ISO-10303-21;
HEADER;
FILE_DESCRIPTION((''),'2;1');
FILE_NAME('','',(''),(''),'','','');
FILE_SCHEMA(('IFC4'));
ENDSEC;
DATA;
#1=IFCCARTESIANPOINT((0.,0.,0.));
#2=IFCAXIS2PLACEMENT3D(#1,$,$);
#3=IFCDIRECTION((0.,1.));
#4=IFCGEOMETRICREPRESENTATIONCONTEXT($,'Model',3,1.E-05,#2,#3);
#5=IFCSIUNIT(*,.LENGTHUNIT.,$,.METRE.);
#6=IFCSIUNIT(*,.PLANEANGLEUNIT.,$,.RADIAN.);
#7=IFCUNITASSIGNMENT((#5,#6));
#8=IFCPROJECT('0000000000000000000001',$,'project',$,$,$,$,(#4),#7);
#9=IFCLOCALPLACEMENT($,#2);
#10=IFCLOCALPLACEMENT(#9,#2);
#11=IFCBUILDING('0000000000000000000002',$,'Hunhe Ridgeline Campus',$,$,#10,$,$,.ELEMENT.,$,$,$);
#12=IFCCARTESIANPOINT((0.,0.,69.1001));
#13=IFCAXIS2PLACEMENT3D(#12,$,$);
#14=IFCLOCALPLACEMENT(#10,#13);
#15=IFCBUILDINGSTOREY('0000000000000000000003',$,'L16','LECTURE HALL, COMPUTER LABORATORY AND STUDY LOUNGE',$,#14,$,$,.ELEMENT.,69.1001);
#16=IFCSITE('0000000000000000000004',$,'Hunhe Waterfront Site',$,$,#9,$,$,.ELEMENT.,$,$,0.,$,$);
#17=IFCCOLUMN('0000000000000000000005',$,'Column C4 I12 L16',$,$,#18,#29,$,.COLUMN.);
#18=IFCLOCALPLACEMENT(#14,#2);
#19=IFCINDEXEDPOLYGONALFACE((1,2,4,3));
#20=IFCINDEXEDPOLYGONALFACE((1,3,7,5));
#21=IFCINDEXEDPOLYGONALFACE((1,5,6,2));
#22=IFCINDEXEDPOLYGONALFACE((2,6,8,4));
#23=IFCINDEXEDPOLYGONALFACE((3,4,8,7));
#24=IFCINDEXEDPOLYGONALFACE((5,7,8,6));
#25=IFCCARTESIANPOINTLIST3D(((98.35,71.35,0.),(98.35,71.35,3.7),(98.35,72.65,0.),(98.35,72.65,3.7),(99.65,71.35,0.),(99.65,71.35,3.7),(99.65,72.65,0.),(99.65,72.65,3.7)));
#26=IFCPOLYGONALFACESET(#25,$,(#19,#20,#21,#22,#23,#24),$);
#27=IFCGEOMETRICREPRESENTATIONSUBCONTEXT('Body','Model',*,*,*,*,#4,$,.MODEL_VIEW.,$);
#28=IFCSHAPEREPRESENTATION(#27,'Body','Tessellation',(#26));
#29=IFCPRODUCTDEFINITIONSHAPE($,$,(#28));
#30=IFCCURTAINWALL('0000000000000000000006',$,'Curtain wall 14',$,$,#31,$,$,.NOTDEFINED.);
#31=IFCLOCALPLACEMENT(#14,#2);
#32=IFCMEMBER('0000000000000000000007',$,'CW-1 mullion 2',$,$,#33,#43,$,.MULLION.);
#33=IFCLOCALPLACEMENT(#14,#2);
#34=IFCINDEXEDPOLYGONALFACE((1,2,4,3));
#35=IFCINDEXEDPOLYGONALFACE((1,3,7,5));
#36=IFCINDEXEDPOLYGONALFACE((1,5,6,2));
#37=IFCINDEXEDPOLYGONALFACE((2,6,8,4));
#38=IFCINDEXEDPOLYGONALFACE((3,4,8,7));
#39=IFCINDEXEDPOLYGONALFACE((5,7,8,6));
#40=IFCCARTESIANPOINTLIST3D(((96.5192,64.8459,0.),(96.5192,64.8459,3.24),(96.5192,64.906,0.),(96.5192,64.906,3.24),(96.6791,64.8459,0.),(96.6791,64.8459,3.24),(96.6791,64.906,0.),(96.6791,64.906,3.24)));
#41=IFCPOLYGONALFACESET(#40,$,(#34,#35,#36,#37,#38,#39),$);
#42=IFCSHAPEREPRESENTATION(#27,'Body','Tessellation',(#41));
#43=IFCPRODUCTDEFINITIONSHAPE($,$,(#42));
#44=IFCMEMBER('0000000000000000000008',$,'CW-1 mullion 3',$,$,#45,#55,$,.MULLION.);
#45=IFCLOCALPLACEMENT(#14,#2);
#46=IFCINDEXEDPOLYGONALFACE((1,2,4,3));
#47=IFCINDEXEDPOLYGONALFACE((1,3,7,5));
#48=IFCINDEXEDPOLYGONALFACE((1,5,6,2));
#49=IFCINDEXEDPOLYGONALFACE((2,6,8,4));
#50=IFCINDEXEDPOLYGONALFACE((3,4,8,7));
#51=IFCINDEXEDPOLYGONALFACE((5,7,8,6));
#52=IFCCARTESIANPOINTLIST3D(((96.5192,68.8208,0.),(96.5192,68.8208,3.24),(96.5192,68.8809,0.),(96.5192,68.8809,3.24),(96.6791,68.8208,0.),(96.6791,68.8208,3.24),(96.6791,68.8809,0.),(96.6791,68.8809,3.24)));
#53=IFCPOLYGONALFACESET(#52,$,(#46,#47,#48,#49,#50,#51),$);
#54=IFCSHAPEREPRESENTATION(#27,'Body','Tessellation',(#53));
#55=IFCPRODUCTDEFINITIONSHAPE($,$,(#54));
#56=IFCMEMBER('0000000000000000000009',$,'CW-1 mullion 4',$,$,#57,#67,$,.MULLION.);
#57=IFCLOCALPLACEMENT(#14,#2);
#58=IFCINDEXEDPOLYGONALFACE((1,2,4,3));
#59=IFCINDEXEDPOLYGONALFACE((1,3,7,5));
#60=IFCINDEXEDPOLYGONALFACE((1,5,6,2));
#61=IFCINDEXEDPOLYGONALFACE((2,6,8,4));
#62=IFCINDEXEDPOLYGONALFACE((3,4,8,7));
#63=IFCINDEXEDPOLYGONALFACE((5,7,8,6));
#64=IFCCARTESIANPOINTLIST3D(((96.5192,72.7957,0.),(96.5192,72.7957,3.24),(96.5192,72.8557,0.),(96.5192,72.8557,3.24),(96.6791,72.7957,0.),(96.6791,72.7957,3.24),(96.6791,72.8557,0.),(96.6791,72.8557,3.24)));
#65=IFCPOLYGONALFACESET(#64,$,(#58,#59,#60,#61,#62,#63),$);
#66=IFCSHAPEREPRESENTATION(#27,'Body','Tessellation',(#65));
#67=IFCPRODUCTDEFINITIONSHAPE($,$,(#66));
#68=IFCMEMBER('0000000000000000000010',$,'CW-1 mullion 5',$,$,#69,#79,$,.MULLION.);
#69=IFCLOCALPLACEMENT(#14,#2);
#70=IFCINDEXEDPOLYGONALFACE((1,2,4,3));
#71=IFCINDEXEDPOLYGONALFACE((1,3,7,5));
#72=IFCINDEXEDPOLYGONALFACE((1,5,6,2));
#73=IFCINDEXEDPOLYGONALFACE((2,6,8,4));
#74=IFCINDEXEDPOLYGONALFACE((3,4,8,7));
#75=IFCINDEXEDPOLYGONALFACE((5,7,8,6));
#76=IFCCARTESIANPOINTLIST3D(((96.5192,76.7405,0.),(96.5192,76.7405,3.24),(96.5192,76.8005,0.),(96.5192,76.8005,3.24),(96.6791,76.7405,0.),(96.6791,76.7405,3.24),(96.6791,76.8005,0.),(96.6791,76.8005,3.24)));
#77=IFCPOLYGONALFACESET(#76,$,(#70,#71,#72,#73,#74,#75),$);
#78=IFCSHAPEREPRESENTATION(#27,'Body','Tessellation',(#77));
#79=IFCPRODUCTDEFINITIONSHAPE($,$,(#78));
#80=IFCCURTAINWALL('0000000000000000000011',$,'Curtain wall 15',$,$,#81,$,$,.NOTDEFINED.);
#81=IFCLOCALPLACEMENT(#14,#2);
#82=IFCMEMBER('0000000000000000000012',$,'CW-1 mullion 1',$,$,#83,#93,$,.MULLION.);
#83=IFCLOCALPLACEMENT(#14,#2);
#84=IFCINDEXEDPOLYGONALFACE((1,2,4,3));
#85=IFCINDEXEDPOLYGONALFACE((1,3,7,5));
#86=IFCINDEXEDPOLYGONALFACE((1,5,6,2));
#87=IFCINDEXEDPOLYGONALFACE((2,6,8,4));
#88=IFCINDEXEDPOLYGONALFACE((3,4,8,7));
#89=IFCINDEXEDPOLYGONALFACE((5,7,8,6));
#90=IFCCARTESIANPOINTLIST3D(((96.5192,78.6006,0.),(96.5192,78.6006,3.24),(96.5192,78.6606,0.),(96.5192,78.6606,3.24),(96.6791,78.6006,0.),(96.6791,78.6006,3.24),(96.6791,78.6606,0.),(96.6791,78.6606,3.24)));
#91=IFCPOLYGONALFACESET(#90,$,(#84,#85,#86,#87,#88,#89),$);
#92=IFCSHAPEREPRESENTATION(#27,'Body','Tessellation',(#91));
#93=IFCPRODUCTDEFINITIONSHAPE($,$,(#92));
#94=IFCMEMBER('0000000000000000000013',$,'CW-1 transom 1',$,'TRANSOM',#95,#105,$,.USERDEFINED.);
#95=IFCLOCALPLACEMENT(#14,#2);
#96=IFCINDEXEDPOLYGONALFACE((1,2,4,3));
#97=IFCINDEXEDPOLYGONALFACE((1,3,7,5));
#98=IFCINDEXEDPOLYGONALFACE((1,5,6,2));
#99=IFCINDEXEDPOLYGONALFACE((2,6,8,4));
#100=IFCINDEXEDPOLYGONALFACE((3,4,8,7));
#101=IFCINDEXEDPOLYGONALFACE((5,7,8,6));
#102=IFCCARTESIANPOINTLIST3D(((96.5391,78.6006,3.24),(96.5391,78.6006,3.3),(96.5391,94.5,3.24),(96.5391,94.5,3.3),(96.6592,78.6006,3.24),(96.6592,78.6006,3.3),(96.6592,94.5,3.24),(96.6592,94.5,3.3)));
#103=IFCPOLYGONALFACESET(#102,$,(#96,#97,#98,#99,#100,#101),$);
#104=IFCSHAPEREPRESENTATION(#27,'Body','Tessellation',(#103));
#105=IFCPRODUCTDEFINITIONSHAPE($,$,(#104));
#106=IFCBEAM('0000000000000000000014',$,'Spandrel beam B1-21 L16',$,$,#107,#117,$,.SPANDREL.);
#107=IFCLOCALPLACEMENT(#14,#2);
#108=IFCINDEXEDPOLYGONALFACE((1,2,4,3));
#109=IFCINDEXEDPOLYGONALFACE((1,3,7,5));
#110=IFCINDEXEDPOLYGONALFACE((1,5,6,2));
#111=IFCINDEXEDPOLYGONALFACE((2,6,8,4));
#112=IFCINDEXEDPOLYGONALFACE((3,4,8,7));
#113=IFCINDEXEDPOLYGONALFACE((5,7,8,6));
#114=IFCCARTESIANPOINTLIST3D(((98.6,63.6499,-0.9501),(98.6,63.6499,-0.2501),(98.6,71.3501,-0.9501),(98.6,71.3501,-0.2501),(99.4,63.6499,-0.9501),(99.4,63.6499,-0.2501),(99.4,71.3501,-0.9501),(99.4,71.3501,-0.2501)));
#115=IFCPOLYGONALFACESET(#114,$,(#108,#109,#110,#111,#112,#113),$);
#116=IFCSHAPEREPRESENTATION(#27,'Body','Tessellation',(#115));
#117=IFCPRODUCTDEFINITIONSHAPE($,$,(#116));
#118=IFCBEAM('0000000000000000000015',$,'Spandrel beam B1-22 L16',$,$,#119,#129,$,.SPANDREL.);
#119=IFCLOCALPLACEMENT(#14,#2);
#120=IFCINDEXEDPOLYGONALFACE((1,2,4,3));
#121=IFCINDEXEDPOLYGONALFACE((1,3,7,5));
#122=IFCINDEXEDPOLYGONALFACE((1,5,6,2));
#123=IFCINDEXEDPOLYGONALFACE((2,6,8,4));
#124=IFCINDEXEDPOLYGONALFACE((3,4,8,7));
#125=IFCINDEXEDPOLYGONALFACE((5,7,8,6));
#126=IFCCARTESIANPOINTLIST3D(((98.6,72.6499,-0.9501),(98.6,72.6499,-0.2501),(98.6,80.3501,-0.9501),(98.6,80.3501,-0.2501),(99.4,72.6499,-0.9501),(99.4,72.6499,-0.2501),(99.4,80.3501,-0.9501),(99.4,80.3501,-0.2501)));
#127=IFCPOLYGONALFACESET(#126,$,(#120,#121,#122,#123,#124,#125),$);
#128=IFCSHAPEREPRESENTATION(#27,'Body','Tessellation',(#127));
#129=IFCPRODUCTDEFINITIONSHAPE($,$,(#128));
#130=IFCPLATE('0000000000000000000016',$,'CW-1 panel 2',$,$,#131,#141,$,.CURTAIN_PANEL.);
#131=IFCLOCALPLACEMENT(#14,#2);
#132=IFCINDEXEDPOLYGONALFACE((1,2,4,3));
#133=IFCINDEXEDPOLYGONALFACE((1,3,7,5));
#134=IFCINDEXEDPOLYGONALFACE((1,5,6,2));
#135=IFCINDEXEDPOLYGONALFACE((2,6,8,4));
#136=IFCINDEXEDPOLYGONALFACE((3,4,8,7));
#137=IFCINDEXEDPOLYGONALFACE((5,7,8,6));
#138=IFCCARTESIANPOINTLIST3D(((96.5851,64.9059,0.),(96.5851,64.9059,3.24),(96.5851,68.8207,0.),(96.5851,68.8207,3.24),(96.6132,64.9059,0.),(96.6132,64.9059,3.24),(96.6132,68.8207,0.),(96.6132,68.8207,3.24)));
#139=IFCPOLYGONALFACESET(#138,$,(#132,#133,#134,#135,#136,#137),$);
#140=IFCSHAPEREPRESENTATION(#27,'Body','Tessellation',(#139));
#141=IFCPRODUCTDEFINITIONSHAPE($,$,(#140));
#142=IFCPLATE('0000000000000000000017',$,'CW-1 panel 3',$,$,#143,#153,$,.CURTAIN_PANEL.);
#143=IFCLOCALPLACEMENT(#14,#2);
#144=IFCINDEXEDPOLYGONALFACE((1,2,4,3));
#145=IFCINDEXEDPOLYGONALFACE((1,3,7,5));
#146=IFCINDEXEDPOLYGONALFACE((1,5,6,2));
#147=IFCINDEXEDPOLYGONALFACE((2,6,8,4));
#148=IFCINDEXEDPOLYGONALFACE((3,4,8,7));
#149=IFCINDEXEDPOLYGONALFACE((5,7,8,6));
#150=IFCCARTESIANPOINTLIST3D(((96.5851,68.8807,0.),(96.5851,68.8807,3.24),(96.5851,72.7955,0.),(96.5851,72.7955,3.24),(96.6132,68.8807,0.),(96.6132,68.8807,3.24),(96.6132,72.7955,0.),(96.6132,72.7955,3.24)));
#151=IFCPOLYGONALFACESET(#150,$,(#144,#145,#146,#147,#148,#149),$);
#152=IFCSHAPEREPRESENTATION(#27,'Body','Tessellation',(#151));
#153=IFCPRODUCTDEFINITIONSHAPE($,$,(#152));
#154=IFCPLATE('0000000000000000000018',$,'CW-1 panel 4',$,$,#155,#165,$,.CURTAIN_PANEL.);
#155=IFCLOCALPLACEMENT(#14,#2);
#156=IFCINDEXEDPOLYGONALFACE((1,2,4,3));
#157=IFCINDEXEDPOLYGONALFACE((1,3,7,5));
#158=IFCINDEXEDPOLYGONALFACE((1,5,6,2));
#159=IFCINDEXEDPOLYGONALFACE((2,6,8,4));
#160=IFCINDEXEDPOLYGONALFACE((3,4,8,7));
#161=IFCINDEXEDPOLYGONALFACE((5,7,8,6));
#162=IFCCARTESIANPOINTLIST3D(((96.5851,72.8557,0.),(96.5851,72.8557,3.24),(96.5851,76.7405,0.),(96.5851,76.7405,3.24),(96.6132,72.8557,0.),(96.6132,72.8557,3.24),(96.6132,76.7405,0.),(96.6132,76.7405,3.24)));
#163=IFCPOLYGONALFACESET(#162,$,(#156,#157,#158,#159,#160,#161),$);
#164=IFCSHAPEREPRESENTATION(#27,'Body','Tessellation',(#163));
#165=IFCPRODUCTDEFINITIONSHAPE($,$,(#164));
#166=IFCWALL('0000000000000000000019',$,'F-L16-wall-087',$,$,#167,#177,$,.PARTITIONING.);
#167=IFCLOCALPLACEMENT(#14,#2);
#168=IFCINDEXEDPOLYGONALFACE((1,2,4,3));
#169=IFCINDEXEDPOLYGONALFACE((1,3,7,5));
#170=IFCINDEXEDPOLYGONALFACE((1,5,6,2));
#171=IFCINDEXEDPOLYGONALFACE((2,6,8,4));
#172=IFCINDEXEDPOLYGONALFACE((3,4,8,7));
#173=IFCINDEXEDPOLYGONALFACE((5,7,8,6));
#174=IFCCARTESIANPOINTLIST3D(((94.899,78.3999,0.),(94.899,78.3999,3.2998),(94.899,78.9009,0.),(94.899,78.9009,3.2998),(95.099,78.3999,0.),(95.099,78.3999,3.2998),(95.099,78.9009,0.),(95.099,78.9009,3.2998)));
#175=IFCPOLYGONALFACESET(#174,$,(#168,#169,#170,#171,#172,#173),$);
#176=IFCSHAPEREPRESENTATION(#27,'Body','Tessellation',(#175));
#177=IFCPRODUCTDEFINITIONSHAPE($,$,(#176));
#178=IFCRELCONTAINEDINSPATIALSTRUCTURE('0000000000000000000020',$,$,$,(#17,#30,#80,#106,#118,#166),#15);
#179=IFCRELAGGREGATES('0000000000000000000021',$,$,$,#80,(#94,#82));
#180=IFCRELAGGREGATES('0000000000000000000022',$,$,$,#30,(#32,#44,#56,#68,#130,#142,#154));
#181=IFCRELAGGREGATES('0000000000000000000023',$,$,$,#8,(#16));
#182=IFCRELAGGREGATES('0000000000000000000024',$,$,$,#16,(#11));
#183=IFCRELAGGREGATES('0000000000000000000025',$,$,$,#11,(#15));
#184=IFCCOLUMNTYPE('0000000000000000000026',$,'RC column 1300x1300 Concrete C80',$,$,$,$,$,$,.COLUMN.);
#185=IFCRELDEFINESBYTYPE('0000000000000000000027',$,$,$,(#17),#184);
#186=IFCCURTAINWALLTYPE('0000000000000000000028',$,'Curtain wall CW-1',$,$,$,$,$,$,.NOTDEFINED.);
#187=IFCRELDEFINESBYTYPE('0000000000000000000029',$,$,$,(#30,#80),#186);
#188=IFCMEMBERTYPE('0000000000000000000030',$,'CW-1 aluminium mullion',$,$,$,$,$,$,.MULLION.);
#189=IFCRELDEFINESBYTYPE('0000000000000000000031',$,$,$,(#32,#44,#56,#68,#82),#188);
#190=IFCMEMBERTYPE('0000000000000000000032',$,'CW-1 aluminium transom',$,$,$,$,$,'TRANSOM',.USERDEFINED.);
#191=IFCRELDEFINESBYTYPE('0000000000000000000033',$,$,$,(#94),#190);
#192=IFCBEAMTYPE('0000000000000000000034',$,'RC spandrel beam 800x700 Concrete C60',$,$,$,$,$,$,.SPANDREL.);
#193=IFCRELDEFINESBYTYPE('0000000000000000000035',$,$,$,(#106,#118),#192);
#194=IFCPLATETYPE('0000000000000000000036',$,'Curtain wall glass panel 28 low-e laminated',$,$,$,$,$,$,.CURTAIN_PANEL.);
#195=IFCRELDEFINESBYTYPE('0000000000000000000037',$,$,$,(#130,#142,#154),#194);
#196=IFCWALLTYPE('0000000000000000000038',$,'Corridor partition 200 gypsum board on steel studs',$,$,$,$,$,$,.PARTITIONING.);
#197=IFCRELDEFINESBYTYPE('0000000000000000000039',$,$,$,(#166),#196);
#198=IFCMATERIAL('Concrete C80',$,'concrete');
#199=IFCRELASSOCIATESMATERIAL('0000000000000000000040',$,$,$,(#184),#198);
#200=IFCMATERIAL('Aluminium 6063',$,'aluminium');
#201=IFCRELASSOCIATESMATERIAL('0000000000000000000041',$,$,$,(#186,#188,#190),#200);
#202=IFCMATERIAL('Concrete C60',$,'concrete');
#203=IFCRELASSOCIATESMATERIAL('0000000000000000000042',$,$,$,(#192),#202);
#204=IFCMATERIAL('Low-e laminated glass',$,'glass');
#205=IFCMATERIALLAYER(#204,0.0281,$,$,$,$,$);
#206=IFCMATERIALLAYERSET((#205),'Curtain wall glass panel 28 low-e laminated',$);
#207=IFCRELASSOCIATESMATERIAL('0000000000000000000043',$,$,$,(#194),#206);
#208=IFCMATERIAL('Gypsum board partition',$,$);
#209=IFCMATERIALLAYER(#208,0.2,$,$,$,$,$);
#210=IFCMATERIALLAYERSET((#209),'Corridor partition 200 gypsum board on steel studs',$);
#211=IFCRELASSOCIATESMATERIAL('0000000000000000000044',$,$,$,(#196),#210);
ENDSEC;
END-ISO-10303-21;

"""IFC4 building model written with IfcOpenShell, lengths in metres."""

from ifc_helpers import new_model, si_unit, direction, frame, frame_2d, origin, origin_2d, place, context, subcontext, project, spatial, rectangle, extrude, material, layer, layer_set, material_profile, profile_set, type_object, element, aggregate, save


model = new_model("IFC4")

# Units and contexts
model_context = context("Model", 3, precision=1e-05, world=origin(), true_north=direction((0.0, 1.0)))
body_context = subcontext(model_context, "Body", "Model", "MODEL_VIEW")
ifc_project = project(units=[si_unit("LENGTHUNIT", "METRE"), si_unit("PLANEANGLEUNIT", "RADIAN")], contexts=[model_context])

# Site, building, storey
site_placement = place(None, origin())
site = spatial("IfcSite", under=ifc_project, at=site_placement, Name="Hunhe Waterfront Site", CompositionType="ELEMENT", RefElevation=0.0)
building_placement = place(site_placement, origin())
building = spatial("IfcBuilding", under=site, at=building_placement, Name="Hunhe Ridgeline Campus", CompositionType="ELEMENT")
storey_placement = place(building_placement, frame((0.0, 0.0, 69.1001)))
storey = spatial("IfcBuildingStorey", under=building, at=storey_placement, Name="L16", Description="LECTURE HALL, COMPUTER LABORATORY AND STUDY LOUNGE", CompositionType="ELEMENT", Elevation=69.1001)

# Column
ifc_material_1 = material(Name="Concrete C80", Category="concrete")
ifc_material_profile_1 = material_profile(ifc_material_1, rectangle(XDim=1.3, YDim=1.3, at=origin_2d()))
ifc_profile_set_1 = profile_set([ifc_material_profile_1], Name="Concrete C80")
column_type = type_object("IfcColumnType", Name="RC column 1300x1300 Concrete C80", PredefinedType="COLUMN", material=ifc_profile_set_1)
column_placement = place(storey_placement, frame((99.0, 72.0, 0.0), z_axis=(0.0, 0.0, 1.0), x_axis=(1.0, 0.0, 0.0)))
element("IfcColumn", 1, at=column_placement, inside=storey, type_object=column_type, Name="Column C4 I12 L16", PredefinedType="COLUMN", context=body_context, shape_type="SweptSolid", body=[
    extrude(rectangle(XDim=1.3, YDim=1.3, at=origin_2d()), origin(), (0.0, 0.0, 1.0), 3.7),
])

# Curtain walls, members
ifc_material_2 = material(Name="Aluminium 6063", Category="aluminium")
curtain_wall_type = type_object("IfcCurtainWallType", Name="Curtain wall CW-1", PredefinedType="NOTDEFINED", material=ifc_material_2)
curtain_wall_1_placement = place(storey_placement, origin())
curtain_wall_1 = element("IfcCurtainWall", 2, at=curtain_wall_1_placement, inside=storey, type_object=curtain_wall_type, Name="Curtain wall 14", PredefinedType="NOTDEFINED")
ifc_material_profile_2 = material_profile(ifc_material_2, rectangle(XDim=0.1599, YDim=0.0601, at=origin_2d()))
ifc_profile_set_2 = profile_set([ifc_material_profile_2], Name="Aluminium 6063")
member_type_1 = type_object("IfcMemberType", Name="CW-1 aluminium mullion", PredefinedType="MULLION", material=ifc_profile_set_2)
member_1_placement = place(storey_placement, frame((96.5991, 64.876, 0.0), z_axis=(0.0, 0.0, 1.0), x_axis=(-1.0, 0.0, 0.0)))
member_1 = element("IfcMember", 3, at=member_1_placement, type_object=member_type_1, Name="CW-1 mullion 2", PredefinedType="MULLION", context=body_context, shape_type="SweptSolid", body=[
    extrude(rectangle(XDim=0.1599, YDim=0.0601, at=origin_2d()), origin(), (0.0, 0.0, 1.0), 3.24),
])
member_2_placement = place(storey_placement, frame((96.5991, 68.8508, 0.0), z_axis=(0.0, 0.0, 1.0), x_axis=(-1.0, 0.0, 0.0)))
member_2 = element("IfcMember", 4, at=member_2_placement, type_object=member_type_1, Name="CW-1 mullion 3", PredefinedType="MULLION", context=body_context, shape_type="SweptSolid", body=[
    extrude(rectangle(XDim=0.1599, YDim=0.0601, at=origin_2d()), origin(), (0.0, 0.0, 1.0), 3.24),
])
member_3_placement = place(storey_placement, frame((96.5991, 72.8257, 0.0), z_axis=(0.0, 0.0, 1.0), x_axis=(-1.0, 0.0, 0.0)))
member_3 = element("IfcMember", 5, at=member_3_placement, type_object=member_type_1, Name="CW-1 mullion 4", PredefinedType="MULLION", context=body_context, shape_type="SweptSolid", body=[
    extrude(rectangle(XDim=0.1599, YDim=0.0601, at=origin_2d()), origin(), (0.0, 0.0, 1.0), 3.24),
])
member_4_placement = place(storey_placement, frame((96.5991, 76.7705, 0.0), z_axis=(0.0, 0.0, 1.0), x_axis=(-1.0, 0.0, 0.0)))
member_4 = element("IfcMember", 6, at=member_4_placement, type_object=member_type_1, Name="CW-1 mullion 5", PredefinedType="MULLION", context=body_context, shape_type="SweptSolid", body=[
    extrude(rectangle(XDim=0.1599, YDim=0.0601, at=origin_2d()), origin(), (0.0, 0.0, 1.0), 3.24),
])
curtain_wall_2_placement = place(storey_placement, origin())
curtain_wall_2 = element("IfcCurtainWall", 7, at=curtain_wall_2_placement, inside=storey, type_object=curtain_wall_type, Name="Curtain wall 15", PredefinedType="NOTDEFINED")
member_5_placement = place(storey_placement, frame((96.5991, 78.6306, 0.0), z_axis=(0.0, 0.0, 1.0), x_axis=(-1.0, 0.0, 0.0)))
member_5 = element("IfcMember", 8, at=member_5_placement, type_object=member_type_1, Name="CW-1 mullion 1", PredefinedType="MULLION", context=body_context, shape_type="SweptSolid", body=[
    extrude(rectangle(XDim=0.1599, YDim=0.0601, at=origin_2d()), origin(), (0.0, 0.0, 1.0), 3.24),
])
ifc_material_profile_3 = material_profile(ifc_material_2, rectangle(XDim=0.1201, YDim=0.0601, at=origin_2d()))
ifc_profile_set_3 = profile_set([ifc_material_profile_3], Name="Aluminium 6063")
member_type_2 = type_object("IfcMemberType", Name="CW-1 aluminium transom", ElementType="TRANSOM", PredefinedType="USERDEFINED", material=ifc_profile_set_3)
member_6_placement = place(storey_placement, frame((96.5991, 78.6006, 3.27), z_axis=(0.0, 1.0, 0.0), x_axis=(-1.0, 0.0, 0.0)))
member_6 = element("IfcMember", 9, at=member_6_placement, type_object=member_type_2, Name="CW-1 transom 1", ObjectType="TRANSOM", PredefinedType="USERDEFINED", context=body_context, shape_type="SweptSolid", body=[
    extrude(rectangle(XDim=0.1201, YDim=0.0601, at=origin_2d()), origin(), (0.0, 0.0, 1.0), 15.8994),
])
aggregate(curtain_wall_2, [member_6, member_5])

# Beams
ifc_material_3 = material(Name="Concrete C60", Category="concrete")
ifc_material_profile_4 = material_profile(ifc_material_3, rectangle(XDim=0.8, YDim=0.7, at=origin_2d()))
ifc_profile_set_4 = profile_set([ifc_material_profile_4], Name="Concrete C60")
beam_type = type_object("IfcBeamType", Name="RC spandrel beam 800x700 Concrete C60", PredefinedType="SPANDREL", material=ifc_profile_set_4)
for number, where, z_axis, x_axis, name in (
    (10, (99.0, 63.6499, -0.6001), (0.0, 1.0, 0.0), (-1.0, 0.0, 0.0), "Spandrel beam B1-21 L16"),
    (11, (99.0, 72.6499, -0.6001), (0.0, 1.0, 0.0), (-1.0, 0.0, 0.0), "Spandrel beam B1-22 L16"),
):
    element("IfcBeam", number, at=place(storey_placement, frame(where, z_axis=z_axis, x_axis=x_axis)), inside=storey, type_object=beam_type, Name=name, PredefinedType="SPANDREL", context=body_context, shape_type="SweptSolid", body=[
        extrude(rectangle(XDim=0.8, YDim=0.7, at=origin_2d()), origin(), (0.0, 0.0, 1.0), 7.7002),
    ])

# Plates
ifc_material_4 = material(Name="Low-e laminated glass", Category="glass")
ifc_layer_1 = layer(ifc_material_4, 0.0281)
ifc_layer_set_1 = layer_set([ifc_layer_1], Name="Curtain wall glass panel 28 low-e laminated")
plate_type = type_object("IfcPlateType", Name="Curtain wall glass panel 28 low-e laminated", PredefinedType="CURTAIN_PANEL", material=ifc_layer_set_1)
plate_1_placement = place(storey_placement, frame((96.5991, 66.8633, 0.0), z_axis=(0.0, 0.0, 1.0), x_axis=(0.0, 1.0, 0.0)))
plate_1 = element("IfcPlate", 12, at=plate_1_placement, type_object=plate_type, Name="CW-1 panel 2", PredefinedType="CURTAIN_PANEL", context=body_context, shape_type="SweptSolid", body=[
    extrude(rectangle(XDim=3.9148, YDim=0.0281, at=origin_2d()), origin(), (0.0, 0.0, 1.0), 3.24),
])
plate_2_placement = place(storey_placement, frame((96.5991, 70.8381, 0.0), z_axis=(0.0, 0.0, 1.0), x_axis=(0.0, 1.0, 0.0)))
plate_2 = element("IfcPlate", 13, at=plate_2_placement, type_object=plate_type, Name="CW-1 panel 3", PredefinedType="CURTAIN_PANEL", context=body_context, shape_type="SweptSolid", body=[
    extrude(rectangle(XDim=3.9148, YDim=0.0281, at=origin_2d()), origin(), (0.0, 0.0, 1.0), 3.24),
])
plate_3_placement = place(storey_placement, frame((96.5991, 74.7981, 0.0), z_axis=(0.0, 0.0, 1.0), x_axis=(0.0, 1.0, 0.0)))
plate_3 = element("IfcPlate", 14, at=plate_3_placement, type_object=plate_type, Name="CW-1 panel 4", PredefinedType="CURTAIN_PANEL", context=body_context, shape_type="SweptSolid", body=[
    extrude(rectangle(XDim=3.8848, YDim=0.0281, at=origin_2d()), origin(), (0.0, 0.0, 1.0), 3.24),
])
aggregate(curtain_wall_1, [member_1, member_2, member_3, member_4, plate_1, plate_2, plate_3])

# Shared definitions
ifc_material_5 = material(Name="Gypsum board partition")
ifc_layer_2 = layer(ifc_material_5, 0.2)
ifc_layer_set_2 = layer_set([ifc_layer_2], Name="Corridor partition 200 gypsum board on steel studs")
wall_type_1 = type_object("IfcWallType", Name="Corridor partition 200 gypsum board on steel studs", PredefinedType="PARTITIONING", material=ifc_layer_set_2)

# Wall
wall_1_placement = place(storey_placement, frame((94.999, 78.3999, 0.0), z_axis=(0.0, 0.0, 1.0), x_axis=(0.0, 1.0, 0.0)))
element("IfcWall", 15, at=wall_1_placement, inside=storey, type_object=wall_type_1, Name="F-L16-wall-087", PredefinedType="PARTITIONING", context=body_context, shape_type="SweptSolid", body=[
    extrude(rectangle(XDim=0.501, YDim=0.2, at=frame_2d((0.2505, 0.0))), origin(), (0.0, 0.0, 1.0), 3.2998),
])

save(model, "model.ifc")
